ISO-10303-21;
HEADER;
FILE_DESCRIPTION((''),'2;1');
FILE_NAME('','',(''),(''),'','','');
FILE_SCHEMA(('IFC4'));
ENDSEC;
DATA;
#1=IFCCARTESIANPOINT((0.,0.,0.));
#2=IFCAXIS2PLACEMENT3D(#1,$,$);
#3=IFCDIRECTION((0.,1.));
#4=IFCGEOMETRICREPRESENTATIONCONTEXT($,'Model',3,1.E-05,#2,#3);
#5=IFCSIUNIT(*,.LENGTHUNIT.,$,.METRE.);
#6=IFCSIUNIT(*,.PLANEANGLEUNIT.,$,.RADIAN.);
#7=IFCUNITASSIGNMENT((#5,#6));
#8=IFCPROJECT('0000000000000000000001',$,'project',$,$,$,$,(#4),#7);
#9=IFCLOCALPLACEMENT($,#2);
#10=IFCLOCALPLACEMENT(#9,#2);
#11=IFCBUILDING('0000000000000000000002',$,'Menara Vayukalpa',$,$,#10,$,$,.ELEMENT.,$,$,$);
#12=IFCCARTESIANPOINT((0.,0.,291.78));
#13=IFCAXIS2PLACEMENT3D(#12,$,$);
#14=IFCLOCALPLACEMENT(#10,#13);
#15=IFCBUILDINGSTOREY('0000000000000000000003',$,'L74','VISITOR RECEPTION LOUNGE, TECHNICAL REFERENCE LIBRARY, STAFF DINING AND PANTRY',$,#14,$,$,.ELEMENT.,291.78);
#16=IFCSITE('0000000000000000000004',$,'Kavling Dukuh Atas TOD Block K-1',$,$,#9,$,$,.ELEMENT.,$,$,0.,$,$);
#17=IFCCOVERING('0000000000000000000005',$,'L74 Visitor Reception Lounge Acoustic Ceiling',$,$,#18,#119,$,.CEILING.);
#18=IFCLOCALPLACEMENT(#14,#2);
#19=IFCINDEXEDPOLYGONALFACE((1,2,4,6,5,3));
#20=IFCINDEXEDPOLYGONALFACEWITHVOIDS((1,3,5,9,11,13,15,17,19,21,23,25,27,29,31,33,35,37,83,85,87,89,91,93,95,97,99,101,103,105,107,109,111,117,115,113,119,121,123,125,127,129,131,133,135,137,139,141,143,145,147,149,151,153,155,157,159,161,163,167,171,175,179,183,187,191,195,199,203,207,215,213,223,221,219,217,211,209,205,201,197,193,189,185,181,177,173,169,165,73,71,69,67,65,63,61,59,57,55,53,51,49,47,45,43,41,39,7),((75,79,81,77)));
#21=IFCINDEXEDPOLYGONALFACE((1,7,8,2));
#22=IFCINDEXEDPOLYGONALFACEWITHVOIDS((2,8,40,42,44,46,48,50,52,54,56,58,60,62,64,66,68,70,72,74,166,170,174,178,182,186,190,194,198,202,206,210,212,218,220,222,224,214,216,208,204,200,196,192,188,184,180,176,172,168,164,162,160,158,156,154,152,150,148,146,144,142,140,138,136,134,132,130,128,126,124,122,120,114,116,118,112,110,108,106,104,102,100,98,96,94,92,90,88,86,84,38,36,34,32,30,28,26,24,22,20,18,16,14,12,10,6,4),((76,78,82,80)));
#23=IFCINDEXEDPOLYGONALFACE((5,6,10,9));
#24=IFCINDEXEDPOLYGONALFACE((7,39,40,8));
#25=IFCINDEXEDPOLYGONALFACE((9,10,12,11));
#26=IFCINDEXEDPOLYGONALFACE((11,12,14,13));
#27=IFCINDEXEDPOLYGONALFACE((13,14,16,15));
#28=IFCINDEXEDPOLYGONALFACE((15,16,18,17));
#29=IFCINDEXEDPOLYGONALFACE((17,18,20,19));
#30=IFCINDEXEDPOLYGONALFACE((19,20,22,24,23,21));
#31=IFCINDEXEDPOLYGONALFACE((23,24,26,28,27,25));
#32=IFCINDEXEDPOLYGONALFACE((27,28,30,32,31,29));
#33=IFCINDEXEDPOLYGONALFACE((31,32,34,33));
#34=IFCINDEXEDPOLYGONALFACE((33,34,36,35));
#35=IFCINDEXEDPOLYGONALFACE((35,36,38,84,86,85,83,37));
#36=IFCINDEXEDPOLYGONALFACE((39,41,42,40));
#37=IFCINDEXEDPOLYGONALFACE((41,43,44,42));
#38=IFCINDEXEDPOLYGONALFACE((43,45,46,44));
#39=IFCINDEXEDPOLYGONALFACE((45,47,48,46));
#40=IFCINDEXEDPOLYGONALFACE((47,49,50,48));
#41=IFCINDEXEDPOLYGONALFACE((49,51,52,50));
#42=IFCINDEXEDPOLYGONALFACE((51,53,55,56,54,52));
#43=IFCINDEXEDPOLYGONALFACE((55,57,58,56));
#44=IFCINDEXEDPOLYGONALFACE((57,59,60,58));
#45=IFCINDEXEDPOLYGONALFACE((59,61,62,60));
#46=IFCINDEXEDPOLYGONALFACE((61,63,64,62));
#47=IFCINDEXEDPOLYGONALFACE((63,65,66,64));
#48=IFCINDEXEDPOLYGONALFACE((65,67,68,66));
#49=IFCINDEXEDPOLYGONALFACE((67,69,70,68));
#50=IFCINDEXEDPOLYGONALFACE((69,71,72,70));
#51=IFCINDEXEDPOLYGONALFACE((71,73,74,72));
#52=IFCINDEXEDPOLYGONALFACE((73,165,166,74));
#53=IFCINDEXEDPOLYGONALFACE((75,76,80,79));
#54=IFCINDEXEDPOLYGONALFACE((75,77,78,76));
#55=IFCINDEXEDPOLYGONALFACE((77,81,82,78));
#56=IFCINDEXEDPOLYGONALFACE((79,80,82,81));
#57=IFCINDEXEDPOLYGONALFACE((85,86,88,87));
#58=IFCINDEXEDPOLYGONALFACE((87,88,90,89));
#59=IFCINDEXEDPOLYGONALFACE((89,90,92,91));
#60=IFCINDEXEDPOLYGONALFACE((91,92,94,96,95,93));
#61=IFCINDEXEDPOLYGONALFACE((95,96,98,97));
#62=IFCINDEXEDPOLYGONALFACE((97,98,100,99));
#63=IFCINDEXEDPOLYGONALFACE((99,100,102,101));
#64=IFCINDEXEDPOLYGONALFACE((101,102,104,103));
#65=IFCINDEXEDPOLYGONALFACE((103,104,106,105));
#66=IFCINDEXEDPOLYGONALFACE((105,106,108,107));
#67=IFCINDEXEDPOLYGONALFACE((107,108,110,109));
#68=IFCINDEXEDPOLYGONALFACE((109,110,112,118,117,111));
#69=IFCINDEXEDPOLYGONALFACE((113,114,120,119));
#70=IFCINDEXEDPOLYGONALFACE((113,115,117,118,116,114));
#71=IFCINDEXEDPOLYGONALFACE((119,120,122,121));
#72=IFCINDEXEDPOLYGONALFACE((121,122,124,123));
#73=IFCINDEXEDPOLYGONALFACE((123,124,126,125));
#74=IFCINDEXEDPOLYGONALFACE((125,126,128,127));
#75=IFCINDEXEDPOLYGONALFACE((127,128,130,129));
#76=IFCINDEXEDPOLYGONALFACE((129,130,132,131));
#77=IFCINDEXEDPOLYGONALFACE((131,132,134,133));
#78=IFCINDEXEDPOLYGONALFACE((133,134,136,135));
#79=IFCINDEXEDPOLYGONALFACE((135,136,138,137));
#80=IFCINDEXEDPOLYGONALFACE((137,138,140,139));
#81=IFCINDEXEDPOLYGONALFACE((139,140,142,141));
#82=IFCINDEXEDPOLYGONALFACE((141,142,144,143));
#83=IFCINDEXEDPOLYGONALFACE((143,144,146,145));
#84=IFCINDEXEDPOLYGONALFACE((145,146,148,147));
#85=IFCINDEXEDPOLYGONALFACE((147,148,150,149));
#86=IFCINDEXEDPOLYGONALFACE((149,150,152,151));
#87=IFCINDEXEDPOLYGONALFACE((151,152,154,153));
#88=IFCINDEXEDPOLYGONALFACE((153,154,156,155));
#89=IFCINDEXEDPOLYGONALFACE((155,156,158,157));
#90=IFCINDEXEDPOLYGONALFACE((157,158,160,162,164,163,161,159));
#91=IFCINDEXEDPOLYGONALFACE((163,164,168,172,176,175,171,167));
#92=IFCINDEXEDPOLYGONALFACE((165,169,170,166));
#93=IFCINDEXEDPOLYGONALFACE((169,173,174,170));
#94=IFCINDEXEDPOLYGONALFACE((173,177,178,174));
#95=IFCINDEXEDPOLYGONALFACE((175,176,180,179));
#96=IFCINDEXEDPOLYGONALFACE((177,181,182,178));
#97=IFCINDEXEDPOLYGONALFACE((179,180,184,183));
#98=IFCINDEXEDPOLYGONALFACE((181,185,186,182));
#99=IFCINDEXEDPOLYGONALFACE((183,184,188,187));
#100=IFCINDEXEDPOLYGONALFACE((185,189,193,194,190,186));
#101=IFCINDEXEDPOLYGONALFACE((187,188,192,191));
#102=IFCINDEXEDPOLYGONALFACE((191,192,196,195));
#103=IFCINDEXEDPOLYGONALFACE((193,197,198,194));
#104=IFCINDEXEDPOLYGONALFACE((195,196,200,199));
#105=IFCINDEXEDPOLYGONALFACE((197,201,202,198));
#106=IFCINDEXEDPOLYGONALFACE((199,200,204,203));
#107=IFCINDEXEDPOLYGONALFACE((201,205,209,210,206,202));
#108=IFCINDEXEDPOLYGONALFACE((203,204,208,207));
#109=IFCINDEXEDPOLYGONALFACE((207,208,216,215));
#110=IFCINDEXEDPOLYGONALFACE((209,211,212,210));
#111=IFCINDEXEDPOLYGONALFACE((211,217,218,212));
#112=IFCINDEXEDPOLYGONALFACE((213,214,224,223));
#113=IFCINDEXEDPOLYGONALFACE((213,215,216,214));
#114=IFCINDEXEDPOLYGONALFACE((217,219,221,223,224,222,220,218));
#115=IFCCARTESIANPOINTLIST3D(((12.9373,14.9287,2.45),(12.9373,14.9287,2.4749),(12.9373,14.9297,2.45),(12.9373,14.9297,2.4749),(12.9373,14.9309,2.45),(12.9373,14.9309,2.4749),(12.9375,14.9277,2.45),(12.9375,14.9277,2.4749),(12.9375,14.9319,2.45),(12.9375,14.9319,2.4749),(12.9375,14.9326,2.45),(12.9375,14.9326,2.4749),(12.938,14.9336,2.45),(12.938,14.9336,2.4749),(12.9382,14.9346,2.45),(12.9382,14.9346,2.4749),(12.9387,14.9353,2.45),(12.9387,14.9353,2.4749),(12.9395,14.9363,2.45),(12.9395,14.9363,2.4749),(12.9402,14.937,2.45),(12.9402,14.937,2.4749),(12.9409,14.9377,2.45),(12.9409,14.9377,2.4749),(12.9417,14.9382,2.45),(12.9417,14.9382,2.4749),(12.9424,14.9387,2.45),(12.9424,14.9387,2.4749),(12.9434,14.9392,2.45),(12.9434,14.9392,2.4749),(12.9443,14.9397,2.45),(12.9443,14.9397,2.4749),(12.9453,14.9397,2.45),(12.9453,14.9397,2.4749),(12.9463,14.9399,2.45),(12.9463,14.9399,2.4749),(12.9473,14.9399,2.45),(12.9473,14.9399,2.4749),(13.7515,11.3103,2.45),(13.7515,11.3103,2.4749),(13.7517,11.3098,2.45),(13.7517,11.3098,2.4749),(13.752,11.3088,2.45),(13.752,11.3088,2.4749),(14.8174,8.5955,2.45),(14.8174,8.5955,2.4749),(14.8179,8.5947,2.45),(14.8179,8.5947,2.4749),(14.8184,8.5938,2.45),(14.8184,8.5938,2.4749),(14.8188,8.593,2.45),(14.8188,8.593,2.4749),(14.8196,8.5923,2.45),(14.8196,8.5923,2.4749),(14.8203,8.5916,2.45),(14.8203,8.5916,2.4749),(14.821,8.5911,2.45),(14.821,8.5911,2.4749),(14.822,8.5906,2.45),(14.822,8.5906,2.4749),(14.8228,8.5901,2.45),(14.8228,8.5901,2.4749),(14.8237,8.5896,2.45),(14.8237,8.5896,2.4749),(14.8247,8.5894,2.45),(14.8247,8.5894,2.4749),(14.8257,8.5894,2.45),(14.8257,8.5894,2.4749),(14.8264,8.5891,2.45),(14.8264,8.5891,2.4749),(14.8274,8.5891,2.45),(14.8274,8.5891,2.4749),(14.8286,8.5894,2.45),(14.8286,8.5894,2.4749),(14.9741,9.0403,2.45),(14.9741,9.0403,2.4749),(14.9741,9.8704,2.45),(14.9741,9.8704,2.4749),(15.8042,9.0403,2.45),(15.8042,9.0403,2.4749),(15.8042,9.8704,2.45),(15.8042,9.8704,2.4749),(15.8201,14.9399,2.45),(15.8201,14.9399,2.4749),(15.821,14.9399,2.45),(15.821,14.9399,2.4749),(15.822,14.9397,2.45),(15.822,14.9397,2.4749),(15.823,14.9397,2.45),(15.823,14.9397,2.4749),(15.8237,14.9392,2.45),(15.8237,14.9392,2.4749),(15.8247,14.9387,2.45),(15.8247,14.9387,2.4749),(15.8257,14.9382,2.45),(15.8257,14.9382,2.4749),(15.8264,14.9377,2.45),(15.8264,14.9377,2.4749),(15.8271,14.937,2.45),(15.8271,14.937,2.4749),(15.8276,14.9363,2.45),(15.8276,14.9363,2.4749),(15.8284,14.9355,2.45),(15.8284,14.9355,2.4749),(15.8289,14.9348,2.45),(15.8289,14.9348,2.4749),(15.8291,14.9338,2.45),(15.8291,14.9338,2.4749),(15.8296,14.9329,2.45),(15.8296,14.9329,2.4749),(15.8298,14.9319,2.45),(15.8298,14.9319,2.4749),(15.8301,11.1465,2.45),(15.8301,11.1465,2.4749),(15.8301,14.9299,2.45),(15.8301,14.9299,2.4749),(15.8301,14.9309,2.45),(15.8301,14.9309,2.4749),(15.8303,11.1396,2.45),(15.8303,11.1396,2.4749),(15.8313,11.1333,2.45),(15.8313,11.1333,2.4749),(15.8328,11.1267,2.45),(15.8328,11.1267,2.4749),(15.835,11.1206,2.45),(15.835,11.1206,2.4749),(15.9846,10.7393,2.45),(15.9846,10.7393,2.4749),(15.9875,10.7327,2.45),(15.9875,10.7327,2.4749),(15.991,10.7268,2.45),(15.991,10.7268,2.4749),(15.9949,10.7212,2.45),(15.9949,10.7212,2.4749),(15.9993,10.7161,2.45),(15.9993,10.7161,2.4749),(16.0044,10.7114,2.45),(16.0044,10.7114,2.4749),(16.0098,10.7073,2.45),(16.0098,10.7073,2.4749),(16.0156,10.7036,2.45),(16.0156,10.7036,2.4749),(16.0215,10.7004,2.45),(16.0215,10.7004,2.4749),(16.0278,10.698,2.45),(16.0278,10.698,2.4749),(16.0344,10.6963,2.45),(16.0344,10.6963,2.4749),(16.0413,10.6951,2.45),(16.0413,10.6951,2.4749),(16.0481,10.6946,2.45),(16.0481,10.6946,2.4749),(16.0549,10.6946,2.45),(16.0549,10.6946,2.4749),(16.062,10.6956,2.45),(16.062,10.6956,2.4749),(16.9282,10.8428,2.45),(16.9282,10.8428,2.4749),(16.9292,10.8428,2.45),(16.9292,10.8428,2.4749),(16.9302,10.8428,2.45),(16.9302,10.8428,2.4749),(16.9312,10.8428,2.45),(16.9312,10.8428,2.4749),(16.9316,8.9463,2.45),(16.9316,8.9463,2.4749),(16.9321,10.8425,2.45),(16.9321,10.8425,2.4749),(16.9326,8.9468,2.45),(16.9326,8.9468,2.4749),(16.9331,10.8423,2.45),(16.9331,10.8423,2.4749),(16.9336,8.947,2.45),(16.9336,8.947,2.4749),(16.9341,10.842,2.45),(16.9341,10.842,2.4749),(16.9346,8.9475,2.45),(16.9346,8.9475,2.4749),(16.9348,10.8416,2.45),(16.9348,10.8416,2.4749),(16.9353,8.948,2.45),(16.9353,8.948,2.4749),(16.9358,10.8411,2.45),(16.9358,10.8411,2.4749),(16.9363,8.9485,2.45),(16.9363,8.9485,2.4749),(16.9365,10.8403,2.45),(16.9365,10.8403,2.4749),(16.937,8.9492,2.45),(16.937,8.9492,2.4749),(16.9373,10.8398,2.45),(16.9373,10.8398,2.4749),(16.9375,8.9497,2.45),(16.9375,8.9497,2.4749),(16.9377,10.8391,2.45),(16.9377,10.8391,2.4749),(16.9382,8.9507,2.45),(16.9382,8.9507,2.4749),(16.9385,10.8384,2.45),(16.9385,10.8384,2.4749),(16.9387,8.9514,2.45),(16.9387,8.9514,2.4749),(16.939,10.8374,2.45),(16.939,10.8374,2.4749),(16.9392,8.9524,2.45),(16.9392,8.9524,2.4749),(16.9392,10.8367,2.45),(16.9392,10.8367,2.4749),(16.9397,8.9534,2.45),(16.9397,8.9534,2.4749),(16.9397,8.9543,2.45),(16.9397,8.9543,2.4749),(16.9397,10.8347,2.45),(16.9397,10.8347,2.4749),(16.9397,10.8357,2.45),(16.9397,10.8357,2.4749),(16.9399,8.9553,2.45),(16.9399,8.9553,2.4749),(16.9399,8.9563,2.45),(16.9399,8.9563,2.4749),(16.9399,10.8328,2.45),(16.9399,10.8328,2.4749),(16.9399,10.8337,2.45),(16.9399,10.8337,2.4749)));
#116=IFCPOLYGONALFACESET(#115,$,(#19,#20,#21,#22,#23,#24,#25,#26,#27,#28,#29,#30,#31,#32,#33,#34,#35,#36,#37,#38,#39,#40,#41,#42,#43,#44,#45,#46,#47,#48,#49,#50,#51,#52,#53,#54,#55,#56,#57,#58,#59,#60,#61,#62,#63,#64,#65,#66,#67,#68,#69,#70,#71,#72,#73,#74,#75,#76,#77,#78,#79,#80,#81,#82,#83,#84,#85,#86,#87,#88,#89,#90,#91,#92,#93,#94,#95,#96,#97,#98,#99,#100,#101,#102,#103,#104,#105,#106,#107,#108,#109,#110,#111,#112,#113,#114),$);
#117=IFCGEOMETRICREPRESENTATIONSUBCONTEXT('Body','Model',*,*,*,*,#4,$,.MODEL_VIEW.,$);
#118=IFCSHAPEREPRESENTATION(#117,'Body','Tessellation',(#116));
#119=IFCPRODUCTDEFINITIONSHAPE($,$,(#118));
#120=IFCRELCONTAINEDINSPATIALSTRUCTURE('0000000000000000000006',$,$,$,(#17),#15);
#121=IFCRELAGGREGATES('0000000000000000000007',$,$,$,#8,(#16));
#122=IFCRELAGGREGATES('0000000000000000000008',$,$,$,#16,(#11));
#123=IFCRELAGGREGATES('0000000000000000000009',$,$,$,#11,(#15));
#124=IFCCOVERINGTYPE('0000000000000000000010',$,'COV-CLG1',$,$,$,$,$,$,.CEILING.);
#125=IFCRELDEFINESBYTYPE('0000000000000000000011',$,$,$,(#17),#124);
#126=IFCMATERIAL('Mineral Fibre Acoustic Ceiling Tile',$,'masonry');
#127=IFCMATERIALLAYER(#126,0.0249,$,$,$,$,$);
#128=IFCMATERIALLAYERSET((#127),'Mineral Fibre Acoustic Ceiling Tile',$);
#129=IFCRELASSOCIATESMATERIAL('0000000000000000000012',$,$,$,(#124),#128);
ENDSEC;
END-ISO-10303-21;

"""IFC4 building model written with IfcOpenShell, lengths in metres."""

from ifc_helpers import new_model, si_unit, direction, frame, origin, place, context, subcontext, project, spatial, polyline, outline, extrude, material, layer, layer_set, type_object, element, save


model = new_model("IFC4")

# Units and contexts
model_context = context("Model", 3, precision=1e-05, world=origin(), true_north=direction((0.0, 1.0)))
body_context = subcontext(model_context, "Body", "Model", "MODEL_VIEW")
ifc_project = project(units=[si_unit("LENGTHUNIT", "METRE"), si_unit("PLANEANGLEUNIT", "RADIAN")], contexts=[model_context])

# Site, building, storey
site_placement = place(None, origin())
site = spatial("IfcSite", under=ifc_project, at=site_placement, Name="Kavling Dukuh Atas TOD Block K-1", CompositionType="ELEMENT", RefElevation=0.0)
building_placement = place(site_placement, origin())
building = spatial("IfcBuilding", under=site, at=building_placement, Name="Menara Vayukalpa", CompositionType="ELEMENT")
storey_placement = place(building_placement, frame((0.0, 0.0, 291.78)))
storey = spatial("IfcBuildingStorey", under=building, at=storey_placement, Name="L74", Description="VISITOR RECEPTION LOUNGE, TECHNICAL REFERENCE LIBRARY, STAFF DINING AND PANTRY", CompositionType="ELEMENT", Elevation=291.78)

# Covering
ifc_material_1 = material(Name="Mineral Fibre Acoustic Ceiling Tile", Category="masonry")
ifc_layer_1 = layer(ifc_material_1, 0.0249)
ifc_layer_set_1 = layer_set([ifc_layer_1], Name="Mineral Fibre Acoustic Ceiling Tile")
covering_type_1 = type_object("IfcCoveringType", Name="COV-CLG1", PredefinedType="CEILING", material=ifc_layer_set_1)
covering_1_placement = place(storey_placement, frame((0.0, 0.0, 2.45)))
element("IfcCovering", 1, at=covering_1_placement, inside=storey, type_object=covering_type_1, Name="L74 Visitor Reception Lounge Acoustic Ceiling", PredefinedType="CEILING", context=body_context, shape_type="SweptSolid", body=[
    extrude(outline(polyline([(14.8264, 8.5891), (14.8257, 8.5894), (14.8247, 8.5894), (14.8237, 8.5896), (14.8228, 8.5901), (14.822, 8.5906), (14.821, 8.5911), (14.8203, 8.5916), (14.8196, 8.5923), (14.8188, 8.593), (14.8184, 8.5938), (14.8179, 8.5947), (14.8174, 8.5955), (13.752, 11.3088), (13.7517, 11.3098), (13.7515, 11.3103), (12.9375, 14.9277), (12.9373, 14.9287), (12.9373, 14.9297), (12.9373, 14.9309), (12.9375, 14.9319), (12.9375, 14.9326), (12.938, 14.9336), (12.9382, 14.9346), (12.9387, 14.9353), (12.9395, 14.9363), (12.9402, 14.937), (12.9409, 14.9377), (12.9417, 14.9382), (12.9424, 14.9387), (12.9434, 14.9392), (12.9443, 14.9397), (12.9453, 14.9397), (12.9463, 14.9399), (12.9473, 14.9399), (15.8201, 14.9399), (15.821, 14.9399), (15.822, 14.9397), (15.823, 14.9397), (15.8237, 14.9392), (15.8247, 14.9387), (15.8257, 14.9382), (15.8264, 14.9377), (15.8271, 14.937), (15.8276, 14.9363), (15.8284, 14.9355), (15.8289, 14.9348), (15.8291, 14.9338), (15.8296, 14.9329), (15.8298, 14.9319), (15.8301, 14.9309), (15.8301, 14.9299), (15.8301, 11.1465), (15.8303, 11.1396), (15.8313, 11.1333), (15.8328, 11.1267), (15.835, 11.1206), (15.9846, 10.7393), (15.9875, 10.7327), (15.991, 10.7268), (15.9949, 10.7212), (15.9993, 10.7161), (16.0044, 10.7114), (16.0098, 10.7073), (16.0156, 10.7036), (16.0215, 10.7004), (16.0278, 10.698), (16.0344, 10.6963), (16.0413, 10.6951), (16.0481, 10.6946), (16.0549, 10.6946), (16.062, 10.6956), (16.9282, 10.8428), (16.9292, 10.8428), (16.9302, 10.8428), (16.9312, 10.8428), (16.9321, 10.8425), (16.9331, 10.8423), (16.9341, 10.842), (16.9348, 10.8416), (16.9358, 10.8411), (16.9365, 10.8403), (16.9373, 10.8398), (16.9377, 10.8391), (16.9385, 10.8384), (16.939, 10.8374), (16.9392, 10.8367), (16.9397, 10.8357), (16.9397, 10.8347), (16.9399, 10.8337), (16.9399, 10.8328), (16.9399, 8.9563), (16.9399, 8.9553), (16.9397, 8.9543), (16.9397, 8.9534), (16.9392, 8.9524), (16.9387, 8.9514), (16.9382, 8.9507), (16.9375, 8.9497), (16.937, 8.9492), (16.9363, 8.9485), (16.9353, 8.948), (16.9346, 8.9475), (16.9336, 8.947), (16.9326, 8.9468), (16.9316, 8.9463), (14.8286, 8.5894), (14.8274, 8.5891), (14.8264, 8.5891)]), holes=[polyline([(14.9741, 9.8704), (14.9741, 9.0403), (15.8042, 9.0403), (15.8042, 9.8704), (14.9741, 9.8704)])]), origin(), (0.0, 0.0, 1.0), 0.0249),
])

save(model, "model.ifc")
